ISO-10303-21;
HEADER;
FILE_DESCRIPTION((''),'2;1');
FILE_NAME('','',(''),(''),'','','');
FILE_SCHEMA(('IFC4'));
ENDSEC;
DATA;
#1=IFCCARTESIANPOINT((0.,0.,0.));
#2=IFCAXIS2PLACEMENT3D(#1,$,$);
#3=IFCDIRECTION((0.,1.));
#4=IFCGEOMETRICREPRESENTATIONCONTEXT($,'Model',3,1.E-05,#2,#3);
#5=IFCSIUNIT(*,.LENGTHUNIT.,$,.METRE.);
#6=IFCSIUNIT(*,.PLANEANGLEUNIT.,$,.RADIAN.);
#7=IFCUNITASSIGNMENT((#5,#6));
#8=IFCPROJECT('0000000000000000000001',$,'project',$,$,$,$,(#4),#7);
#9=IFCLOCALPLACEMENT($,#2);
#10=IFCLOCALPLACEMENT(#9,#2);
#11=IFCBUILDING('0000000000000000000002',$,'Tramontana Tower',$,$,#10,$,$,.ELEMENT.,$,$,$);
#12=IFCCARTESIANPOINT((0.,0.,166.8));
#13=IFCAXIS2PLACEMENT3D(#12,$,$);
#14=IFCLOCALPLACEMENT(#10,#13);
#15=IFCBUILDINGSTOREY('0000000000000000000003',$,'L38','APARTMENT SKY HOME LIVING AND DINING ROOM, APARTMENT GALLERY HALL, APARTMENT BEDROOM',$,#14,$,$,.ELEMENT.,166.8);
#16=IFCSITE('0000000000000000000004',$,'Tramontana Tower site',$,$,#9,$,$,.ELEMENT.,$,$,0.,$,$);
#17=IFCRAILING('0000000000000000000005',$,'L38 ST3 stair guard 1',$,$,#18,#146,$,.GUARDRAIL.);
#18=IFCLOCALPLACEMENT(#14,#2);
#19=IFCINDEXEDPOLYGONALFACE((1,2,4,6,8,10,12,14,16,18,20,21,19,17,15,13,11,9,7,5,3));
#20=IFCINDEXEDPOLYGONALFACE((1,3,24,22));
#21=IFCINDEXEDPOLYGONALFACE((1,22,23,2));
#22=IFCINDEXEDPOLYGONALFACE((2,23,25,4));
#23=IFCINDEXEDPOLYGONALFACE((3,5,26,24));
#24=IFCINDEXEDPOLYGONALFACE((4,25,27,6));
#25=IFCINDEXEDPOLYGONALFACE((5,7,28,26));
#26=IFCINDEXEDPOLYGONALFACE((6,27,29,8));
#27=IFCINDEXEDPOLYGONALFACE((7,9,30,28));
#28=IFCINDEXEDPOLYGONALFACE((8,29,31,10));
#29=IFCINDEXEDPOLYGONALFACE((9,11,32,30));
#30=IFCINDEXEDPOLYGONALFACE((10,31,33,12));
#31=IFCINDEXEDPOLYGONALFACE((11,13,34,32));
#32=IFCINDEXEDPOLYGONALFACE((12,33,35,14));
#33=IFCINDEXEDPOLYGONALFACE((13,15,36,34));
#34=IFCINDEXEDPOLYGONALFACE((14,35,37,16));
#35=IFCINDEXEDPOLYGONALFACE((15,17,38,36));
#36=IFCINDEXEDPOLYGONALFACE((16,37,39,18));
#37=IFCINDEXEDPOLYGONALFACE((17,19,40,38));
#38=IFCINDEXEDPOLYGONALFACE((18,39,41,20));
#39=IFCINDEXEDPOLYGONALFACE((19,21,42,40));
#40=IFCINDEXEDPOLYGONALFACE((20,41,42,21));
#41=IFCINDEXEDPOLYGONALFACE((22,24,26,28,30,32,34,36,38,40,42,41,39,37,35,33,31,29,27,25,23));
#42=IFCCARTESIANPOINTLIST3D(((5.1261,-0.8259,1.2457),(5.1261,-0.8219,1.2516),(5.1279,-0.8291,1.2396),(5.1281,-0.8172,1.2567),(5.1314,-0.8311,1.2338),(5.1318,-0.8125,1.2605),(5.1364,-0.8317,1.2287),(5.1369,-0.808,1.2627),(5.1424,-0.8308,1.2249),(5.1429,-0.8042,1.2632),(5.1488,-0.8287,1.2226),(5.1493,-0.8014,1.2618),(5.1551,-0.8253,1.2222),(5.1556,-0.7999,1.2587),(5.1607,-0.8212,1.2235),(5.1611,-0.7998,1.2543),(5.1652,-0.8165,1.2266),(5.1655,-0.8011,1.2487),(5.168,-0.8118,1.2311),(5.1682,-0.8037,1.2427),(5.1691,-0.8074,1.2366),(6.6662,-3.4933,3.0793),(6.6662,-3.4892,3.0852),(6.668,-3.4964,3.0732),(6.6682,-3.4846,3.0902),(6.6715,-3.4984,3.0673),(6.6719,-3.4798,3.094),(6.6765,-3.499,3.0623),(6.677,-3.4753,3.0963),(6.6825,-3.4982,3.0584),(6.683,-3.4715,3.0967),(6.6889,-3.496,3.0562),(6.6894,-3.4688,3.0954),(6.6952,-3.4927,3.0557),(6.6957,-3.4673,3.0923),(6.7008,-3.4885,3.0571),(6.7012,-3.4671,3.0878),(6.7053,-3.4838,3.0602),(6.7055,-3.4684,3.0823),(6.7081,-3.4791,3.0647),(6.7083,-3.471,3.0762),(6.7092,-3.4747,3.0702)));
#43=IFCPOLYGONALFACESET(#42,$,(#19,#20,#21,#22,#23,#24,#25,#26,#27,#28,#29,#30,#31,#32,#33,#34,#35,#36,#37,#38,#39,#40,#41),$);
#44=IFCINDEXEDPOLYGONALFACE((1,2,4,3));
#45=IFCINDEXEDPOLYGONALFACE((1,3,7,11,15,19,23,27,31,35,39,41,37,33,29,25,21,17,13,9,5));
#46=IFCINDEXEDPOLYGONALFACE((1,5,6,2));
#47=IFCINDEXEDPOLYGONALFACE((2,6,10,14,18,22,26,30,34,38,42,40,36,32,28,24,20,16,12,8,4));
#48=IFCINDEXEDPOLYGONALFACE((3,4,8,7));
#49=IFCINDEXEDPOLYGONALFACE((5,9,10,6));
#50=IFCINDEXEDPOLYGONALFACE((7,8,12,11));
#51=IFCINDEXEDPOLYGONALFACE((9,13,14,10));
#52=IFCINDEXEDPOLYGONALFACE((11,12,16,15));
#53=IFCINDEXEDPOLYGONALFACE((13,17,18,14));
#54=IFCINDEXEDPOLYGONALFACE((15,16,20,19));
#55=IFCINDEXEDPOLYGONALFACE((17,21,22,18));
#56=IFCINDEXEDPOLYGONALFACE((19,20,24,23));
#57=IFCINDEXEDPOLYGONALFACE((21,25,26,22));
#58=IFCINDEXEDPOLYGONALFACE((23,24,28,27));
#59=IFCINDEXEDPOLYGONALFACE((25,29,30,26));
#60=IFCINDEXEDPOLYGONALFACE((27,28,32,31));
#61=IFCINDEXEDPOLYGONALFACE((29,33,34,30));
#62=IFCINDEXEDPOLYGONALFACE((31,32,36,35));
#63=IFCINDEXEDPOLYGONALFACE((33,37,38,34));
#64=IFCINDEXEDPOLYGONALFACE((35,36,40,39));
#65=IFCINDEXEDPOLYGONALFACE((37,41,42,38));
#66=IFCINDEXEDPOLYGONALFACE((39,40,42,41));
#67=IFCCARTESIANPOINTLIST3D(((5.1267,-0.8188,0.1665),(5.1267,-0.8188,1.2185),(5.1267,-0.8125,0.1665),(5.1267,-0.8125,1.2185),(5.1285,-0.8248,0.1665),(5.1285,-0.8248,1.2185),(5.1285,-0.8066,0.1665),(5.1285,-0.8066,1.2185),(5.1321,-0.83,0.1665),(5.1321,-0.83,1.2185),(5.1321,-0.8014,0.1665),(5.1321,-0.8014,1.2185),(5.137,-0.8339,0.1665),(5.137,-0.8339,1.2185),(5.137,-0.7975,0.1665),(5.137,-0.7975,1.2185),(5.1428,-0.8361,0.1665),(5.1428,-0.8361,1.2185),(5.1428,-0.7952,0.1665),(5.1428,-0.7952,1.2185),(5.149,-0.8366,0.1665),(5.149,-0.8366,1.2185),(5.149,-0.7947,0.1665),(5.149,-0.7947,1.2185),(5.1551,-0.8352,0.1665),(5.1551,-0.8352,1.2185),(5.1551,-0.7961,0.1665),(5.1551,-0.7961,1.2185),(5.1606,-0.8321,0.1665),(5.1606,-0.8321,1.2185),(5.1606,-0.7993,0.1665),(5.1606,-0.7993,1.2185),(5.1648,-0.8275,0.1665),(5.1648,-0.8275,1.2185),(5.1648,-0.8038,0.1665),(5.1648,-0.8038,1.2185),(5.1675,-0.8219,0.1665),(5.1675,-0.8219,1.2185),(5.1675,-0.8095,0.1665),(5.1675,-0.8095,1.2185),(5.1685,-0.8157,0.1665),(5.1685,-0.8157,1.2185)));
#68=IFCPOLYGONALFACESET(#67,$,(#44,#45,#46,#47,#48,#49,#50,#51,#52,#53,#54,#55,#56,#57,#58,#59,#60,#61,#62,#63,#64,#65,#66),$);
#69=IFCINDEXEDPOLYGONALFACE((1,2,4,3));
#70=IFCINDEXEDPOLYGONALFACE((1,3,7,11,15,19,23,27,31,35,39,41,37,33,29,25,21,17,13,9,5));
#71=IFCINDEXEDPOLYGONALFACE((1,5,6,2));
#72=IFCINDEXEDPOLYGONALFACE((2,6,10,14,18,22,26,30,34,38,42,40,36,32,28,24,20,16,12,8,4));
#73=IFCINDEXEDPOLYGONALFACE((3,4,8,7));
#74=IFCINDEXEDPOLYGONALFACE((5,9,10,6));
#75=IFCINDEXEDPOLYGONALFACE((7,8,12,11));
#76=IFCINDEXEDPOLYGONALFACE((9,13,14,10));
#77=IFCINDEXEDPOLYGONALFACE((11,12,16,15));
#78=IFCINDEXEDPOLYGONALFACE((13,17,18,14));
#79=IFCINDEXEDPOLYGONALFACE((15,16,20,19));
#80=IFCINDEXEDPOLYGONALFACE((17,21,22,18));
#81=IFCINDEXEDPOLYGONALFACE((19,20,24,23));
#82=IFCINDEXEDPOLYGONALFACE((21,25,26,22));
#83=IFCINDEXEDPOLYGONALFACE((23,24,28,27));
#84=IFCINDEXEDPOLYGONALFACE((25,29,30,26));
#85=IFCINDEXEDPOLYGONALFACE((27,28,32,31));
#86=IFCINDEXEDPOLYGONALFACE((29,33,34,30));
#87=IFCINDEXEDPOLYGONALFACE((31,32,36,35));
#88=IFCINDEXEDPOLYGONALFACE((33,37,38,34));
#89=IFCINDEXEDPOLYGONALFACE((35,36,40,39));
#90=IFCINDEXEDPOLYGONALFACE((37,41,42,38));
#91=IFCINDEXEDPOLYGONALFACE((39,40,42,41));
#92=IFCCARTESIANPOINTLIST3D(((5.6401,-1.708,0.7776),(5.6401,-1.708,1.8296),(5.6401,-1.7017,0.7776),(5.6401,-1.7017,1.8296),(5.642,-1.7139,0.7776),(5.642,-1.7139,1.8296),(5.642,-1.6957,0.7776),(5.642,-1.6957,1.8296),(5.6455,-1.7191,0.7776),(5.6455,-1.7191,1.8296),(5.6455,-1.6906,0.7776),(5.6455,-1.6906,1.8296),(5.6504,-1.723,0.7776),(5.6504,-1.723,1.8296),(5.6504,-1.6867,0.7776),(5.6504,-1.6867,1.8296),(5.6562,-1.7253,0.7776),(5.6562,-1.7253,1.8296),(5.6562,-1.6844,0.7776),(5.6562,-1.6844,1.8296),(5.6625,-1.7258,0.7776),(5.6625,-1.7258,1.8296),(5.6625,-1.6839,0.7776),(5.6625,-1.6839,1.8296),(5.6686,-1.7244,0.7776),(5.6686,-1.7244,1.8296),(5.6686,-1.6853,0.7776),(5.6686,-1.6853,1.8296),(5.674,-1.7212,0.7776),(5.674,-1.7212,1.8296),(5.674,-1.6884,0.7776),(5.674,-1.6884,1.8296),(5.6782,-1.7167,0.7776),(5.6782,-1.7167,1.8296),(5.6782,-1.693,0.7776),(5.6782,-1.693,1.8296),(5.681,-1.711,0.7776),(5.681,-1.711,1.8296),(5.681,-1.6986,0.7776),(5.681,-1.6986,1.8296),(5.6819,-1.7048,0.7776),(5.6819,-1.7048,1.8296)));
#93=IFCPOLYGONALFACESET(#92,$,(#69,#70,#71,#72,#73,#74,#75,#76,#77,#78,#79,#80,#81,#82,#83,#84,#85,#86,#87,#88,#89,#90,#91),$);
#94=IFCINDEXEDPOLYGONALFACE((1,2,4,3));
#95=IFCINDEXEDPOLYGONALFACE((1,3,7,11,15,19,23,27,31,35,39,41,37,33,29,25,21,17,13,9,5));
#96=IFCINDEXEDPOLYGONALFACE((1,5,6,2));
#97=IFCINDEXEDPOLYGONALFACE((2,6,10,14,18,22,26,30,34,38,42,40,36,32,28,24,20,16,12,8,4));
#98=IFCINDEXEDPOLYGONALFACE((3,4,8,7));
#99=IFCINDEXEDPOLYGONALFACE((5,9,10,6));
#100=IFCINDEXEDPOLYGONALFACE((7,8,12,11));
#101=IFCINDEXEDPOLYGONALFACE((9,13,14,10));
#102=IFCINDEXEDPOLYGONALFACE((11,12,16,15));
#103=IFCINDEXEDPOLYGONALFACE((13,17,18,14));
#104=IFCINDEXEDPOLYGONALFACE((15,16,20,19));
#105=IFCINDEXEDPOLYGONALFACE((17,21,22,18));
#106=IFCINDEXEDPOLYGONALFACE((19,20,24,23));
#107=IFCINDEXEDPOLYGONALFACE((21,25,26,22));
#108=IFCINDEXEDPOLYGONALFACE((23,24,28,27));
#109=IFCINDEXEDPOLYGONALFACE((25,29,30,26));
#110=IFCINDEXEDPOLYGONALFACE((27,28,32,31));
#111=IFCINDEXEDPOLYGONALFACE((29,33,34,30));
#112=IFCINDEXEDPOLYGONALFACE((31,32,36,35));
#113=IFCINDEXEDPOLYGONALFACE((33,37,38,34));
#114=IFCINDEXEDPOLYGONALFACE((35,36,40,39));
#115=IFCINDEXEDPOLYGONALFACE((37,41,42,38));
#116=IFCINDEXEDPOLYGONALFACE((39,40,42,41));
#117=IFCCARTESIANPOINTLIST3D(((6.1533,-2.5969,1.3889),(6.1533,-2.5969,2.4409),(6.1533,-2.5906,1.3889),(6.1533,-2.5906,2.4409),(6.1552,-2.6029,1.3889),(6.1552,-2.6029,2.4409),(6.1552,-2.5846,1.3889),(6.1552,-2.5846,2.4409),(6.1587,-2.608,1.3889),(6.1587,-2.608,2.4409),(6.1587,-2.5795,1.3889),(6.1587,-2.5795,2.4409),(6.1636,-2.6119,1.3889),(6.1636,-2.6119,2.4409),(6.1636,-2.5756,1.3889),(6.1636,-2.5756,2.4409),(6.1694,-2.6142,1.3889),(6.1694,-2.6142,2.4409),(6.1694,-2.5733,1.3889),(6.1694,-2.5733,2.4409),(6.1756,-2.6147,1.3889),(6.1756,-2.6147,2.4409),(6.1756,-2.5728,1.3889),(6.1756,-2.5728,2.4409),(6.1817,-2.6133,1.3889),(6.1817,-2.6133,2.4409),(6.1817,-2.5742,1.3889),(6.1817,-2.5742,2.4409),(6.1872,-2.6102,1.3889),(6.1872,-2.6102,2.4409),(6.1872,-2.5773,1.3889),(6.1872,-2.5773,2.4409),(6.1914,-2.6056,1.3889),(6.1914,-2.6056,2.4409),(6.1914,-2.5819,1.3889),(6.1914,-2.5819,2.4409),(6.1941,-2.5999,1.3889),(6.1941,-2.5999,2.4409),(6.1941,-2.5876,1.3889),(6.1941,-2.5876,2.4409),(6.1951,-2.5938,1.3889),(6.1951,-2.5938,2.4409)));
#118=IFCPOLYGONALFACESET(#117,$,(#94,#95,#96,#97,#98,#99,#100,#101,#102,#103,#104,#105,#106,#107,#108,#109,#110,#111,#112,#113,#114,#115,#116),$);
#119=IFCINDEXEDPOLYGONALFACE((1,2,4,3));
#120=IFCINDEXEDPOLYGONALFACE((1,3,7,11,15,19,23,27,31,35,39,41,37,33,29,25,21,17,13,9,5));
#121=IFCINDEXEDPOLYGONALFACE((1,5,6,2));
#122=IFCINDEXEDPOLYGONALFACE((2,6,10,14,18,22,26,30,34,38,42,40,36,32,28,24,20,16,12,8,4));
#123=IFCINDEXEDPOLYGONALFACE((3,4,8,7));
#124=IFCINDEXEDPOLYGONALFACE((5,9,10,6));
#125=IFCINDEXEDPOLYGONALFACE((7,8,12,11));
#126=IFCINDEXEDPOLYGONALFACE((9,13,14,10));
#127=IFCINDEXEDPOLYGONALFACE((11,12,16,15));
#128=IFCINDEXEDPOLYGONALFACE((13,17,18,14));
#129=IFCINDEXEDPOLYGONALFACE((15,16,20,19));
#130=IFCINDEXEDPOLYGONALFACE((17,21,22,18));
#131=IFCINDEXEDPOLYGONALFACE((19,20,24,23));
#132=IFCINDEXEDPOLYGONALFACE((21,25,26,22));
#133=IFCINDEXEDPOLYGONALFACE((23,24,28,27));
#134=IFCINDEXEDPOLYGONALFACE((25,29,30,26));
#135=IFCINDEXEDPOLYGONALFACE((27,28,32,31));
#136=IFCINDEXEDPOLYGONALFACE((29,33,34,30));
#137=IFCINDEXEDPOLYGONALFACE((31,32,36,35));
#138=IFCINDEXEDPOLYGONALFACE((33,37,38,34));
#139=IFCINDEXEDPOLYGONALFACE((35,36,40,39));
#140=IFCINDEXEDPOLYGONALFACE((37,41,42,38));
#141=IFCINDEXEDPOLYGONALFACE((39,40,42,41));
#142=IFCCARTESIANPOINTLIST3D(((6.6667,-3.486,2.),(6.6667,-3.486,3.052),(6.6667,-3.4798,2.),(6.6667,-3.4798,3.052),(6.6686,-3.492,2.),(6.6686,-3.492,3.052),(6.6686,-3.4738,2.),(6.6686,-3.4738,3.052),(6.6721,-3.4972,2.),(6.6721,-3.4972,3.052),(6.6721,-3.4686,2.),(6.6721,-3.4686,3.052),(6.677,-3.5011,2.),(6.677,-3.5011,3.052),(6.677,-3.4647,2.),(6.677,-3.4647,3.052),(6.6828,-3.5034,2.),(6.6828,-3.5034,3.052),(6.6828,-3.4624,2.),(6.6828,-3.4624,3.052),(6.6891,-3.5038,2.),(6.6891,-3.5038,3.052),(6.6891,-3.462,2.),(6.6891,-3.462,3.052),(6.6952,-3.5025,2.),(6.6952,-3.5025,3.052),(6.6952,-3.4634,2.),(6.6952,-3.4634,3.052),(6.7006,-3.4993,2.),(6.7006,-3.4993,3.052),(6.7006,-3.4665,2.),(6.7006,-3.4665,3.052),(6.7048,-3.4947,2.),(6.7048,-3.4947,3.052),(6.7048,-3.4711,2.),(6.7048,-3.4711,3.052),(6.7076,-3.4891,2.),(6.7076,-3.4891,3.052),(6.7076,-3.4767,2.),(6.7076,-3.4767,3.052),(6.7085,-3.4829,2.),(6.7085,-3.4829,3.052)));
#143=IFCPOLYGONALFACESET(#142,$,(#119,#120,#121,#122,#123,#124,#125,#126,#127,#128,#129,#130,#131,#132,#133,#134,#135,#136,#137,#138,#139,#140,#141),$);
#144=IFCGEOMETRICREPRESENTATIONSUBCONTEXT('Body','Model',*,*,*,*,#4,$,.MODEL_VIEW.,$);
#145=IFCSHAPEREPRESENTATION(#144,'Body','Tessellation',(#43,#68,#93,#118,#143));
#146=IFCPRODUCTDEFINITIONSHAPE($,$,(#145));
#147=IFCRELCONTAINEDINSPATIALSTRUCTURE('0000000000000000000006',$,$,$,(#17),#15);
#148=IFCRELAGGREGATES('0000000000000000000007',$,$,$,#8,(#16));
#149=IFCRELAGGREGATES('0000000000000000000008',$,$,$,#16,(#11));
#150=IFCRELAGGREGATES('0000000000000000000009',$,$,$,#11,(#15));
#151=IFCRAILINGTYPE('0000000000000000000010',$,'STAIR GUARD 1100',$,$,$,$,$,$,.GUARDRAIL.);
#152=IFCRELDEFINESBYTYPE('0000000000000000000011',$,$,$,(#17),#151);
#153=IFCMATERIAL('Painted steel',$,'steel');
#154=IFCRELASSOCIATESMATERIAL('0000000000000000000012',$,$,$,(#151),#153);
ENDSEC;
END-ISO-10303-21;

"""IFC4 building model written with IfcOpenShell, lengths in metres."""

from ifc_helpers import new_model, si_unit, direction, frame, origin, origin_2d, place, context, subcontext, project, spatial, circle, extrude, material, type_object, element, save


model = new_model("IFC4")

# Units and contexts
model_context = context("Model", 3, precision=1e-05, world=origin(), true_north=direction((0.0, 1.0)))
body_context = subcontext(model_context, "Body", "Model", "MODEL_VIEW")
ifc_project = project(units=[si_unit("LENGTHUNIT", "METRE"), si_unit("PLANEANGLEUNIT", "RADIAN")], contexts=[model_context])

# Site, building, storey
site_placement = place(None, origin())
site = spatial("IfcSite", under=ifc_project, at=site_placement, Name="Tramontana Tower site", CompositionType="ELEMENT", RefElevation=0.0)
building_placement = place(site_placement, origin())
building = spatial("IfcBuilding", under=site, at=building_placement, Name="Tramontana Tower", CompositionType="ELEMENT")
storey_placement = place(building_placement, frame((0.0, 0.0, 166.8)))
storey = spatial("IfcBuildingStorey", under=building, at=storey_placement, Name="L38", Description="APARTMENT SKY HOME LIVING AND DINING ROOM, APARTMENT GALLERY HALL, APARTMENT BEDROOM", CompositionType="ELEMENT", Elevation=166.8)

# Railing
ifc_material_1 = material(Name="Painted steel", Category="steel")
railing_type_1 = type_object("IfcRailingType", Name="STAIR GUARD 1100", PredefinedType="GUARDRAIL", material=ifc_material_1)
railing_1_placement = place(storey_placement, frame((5.1475, -0.8157, 0.1665)))
element("IfcRailing", 1, at=railing_1_placement, inside=storey, type_object=railing_type_1, Name="L38 ST3 stair guard 1", PredefinedType="GUARDRAIL", context=body_context, shape_type="SweptSolid", body=[
    extrude(circle(Radius=0.0239, at=origin_2d()), frame((0.0, 0.0, 1.0762), z_axis=(0.429656, -0.744134, 0.511528), x_axis=(0.86601, 0.500027, 0.0)), (0.0, 0.0, 1.0), 3.5845),
    extrude(circle(Radius=0.021, at=origin_2d()), origin(), (0.0, 0.0, 1.0), 1.052),
    extrude(circle(Radius=0.021, at=origin_2d()), frame((0.5134, -0.8892, 0.6111)), (0.0, 0.0, 1.0), 1.052),
    extrude(circle(Radius=0.021, at=origin_2d()), frame((1.0266, -1.7781, 1.2224)), (0.0, 0.0, 1.0), 1.052),
    extrude(circle(Radius=0.021, at=origin_2d()), frame((1.54, -2.6672, 1.8335)), (0.0, 0.0, 1.0), 1.052),
])

save(model, "model.ifc")
